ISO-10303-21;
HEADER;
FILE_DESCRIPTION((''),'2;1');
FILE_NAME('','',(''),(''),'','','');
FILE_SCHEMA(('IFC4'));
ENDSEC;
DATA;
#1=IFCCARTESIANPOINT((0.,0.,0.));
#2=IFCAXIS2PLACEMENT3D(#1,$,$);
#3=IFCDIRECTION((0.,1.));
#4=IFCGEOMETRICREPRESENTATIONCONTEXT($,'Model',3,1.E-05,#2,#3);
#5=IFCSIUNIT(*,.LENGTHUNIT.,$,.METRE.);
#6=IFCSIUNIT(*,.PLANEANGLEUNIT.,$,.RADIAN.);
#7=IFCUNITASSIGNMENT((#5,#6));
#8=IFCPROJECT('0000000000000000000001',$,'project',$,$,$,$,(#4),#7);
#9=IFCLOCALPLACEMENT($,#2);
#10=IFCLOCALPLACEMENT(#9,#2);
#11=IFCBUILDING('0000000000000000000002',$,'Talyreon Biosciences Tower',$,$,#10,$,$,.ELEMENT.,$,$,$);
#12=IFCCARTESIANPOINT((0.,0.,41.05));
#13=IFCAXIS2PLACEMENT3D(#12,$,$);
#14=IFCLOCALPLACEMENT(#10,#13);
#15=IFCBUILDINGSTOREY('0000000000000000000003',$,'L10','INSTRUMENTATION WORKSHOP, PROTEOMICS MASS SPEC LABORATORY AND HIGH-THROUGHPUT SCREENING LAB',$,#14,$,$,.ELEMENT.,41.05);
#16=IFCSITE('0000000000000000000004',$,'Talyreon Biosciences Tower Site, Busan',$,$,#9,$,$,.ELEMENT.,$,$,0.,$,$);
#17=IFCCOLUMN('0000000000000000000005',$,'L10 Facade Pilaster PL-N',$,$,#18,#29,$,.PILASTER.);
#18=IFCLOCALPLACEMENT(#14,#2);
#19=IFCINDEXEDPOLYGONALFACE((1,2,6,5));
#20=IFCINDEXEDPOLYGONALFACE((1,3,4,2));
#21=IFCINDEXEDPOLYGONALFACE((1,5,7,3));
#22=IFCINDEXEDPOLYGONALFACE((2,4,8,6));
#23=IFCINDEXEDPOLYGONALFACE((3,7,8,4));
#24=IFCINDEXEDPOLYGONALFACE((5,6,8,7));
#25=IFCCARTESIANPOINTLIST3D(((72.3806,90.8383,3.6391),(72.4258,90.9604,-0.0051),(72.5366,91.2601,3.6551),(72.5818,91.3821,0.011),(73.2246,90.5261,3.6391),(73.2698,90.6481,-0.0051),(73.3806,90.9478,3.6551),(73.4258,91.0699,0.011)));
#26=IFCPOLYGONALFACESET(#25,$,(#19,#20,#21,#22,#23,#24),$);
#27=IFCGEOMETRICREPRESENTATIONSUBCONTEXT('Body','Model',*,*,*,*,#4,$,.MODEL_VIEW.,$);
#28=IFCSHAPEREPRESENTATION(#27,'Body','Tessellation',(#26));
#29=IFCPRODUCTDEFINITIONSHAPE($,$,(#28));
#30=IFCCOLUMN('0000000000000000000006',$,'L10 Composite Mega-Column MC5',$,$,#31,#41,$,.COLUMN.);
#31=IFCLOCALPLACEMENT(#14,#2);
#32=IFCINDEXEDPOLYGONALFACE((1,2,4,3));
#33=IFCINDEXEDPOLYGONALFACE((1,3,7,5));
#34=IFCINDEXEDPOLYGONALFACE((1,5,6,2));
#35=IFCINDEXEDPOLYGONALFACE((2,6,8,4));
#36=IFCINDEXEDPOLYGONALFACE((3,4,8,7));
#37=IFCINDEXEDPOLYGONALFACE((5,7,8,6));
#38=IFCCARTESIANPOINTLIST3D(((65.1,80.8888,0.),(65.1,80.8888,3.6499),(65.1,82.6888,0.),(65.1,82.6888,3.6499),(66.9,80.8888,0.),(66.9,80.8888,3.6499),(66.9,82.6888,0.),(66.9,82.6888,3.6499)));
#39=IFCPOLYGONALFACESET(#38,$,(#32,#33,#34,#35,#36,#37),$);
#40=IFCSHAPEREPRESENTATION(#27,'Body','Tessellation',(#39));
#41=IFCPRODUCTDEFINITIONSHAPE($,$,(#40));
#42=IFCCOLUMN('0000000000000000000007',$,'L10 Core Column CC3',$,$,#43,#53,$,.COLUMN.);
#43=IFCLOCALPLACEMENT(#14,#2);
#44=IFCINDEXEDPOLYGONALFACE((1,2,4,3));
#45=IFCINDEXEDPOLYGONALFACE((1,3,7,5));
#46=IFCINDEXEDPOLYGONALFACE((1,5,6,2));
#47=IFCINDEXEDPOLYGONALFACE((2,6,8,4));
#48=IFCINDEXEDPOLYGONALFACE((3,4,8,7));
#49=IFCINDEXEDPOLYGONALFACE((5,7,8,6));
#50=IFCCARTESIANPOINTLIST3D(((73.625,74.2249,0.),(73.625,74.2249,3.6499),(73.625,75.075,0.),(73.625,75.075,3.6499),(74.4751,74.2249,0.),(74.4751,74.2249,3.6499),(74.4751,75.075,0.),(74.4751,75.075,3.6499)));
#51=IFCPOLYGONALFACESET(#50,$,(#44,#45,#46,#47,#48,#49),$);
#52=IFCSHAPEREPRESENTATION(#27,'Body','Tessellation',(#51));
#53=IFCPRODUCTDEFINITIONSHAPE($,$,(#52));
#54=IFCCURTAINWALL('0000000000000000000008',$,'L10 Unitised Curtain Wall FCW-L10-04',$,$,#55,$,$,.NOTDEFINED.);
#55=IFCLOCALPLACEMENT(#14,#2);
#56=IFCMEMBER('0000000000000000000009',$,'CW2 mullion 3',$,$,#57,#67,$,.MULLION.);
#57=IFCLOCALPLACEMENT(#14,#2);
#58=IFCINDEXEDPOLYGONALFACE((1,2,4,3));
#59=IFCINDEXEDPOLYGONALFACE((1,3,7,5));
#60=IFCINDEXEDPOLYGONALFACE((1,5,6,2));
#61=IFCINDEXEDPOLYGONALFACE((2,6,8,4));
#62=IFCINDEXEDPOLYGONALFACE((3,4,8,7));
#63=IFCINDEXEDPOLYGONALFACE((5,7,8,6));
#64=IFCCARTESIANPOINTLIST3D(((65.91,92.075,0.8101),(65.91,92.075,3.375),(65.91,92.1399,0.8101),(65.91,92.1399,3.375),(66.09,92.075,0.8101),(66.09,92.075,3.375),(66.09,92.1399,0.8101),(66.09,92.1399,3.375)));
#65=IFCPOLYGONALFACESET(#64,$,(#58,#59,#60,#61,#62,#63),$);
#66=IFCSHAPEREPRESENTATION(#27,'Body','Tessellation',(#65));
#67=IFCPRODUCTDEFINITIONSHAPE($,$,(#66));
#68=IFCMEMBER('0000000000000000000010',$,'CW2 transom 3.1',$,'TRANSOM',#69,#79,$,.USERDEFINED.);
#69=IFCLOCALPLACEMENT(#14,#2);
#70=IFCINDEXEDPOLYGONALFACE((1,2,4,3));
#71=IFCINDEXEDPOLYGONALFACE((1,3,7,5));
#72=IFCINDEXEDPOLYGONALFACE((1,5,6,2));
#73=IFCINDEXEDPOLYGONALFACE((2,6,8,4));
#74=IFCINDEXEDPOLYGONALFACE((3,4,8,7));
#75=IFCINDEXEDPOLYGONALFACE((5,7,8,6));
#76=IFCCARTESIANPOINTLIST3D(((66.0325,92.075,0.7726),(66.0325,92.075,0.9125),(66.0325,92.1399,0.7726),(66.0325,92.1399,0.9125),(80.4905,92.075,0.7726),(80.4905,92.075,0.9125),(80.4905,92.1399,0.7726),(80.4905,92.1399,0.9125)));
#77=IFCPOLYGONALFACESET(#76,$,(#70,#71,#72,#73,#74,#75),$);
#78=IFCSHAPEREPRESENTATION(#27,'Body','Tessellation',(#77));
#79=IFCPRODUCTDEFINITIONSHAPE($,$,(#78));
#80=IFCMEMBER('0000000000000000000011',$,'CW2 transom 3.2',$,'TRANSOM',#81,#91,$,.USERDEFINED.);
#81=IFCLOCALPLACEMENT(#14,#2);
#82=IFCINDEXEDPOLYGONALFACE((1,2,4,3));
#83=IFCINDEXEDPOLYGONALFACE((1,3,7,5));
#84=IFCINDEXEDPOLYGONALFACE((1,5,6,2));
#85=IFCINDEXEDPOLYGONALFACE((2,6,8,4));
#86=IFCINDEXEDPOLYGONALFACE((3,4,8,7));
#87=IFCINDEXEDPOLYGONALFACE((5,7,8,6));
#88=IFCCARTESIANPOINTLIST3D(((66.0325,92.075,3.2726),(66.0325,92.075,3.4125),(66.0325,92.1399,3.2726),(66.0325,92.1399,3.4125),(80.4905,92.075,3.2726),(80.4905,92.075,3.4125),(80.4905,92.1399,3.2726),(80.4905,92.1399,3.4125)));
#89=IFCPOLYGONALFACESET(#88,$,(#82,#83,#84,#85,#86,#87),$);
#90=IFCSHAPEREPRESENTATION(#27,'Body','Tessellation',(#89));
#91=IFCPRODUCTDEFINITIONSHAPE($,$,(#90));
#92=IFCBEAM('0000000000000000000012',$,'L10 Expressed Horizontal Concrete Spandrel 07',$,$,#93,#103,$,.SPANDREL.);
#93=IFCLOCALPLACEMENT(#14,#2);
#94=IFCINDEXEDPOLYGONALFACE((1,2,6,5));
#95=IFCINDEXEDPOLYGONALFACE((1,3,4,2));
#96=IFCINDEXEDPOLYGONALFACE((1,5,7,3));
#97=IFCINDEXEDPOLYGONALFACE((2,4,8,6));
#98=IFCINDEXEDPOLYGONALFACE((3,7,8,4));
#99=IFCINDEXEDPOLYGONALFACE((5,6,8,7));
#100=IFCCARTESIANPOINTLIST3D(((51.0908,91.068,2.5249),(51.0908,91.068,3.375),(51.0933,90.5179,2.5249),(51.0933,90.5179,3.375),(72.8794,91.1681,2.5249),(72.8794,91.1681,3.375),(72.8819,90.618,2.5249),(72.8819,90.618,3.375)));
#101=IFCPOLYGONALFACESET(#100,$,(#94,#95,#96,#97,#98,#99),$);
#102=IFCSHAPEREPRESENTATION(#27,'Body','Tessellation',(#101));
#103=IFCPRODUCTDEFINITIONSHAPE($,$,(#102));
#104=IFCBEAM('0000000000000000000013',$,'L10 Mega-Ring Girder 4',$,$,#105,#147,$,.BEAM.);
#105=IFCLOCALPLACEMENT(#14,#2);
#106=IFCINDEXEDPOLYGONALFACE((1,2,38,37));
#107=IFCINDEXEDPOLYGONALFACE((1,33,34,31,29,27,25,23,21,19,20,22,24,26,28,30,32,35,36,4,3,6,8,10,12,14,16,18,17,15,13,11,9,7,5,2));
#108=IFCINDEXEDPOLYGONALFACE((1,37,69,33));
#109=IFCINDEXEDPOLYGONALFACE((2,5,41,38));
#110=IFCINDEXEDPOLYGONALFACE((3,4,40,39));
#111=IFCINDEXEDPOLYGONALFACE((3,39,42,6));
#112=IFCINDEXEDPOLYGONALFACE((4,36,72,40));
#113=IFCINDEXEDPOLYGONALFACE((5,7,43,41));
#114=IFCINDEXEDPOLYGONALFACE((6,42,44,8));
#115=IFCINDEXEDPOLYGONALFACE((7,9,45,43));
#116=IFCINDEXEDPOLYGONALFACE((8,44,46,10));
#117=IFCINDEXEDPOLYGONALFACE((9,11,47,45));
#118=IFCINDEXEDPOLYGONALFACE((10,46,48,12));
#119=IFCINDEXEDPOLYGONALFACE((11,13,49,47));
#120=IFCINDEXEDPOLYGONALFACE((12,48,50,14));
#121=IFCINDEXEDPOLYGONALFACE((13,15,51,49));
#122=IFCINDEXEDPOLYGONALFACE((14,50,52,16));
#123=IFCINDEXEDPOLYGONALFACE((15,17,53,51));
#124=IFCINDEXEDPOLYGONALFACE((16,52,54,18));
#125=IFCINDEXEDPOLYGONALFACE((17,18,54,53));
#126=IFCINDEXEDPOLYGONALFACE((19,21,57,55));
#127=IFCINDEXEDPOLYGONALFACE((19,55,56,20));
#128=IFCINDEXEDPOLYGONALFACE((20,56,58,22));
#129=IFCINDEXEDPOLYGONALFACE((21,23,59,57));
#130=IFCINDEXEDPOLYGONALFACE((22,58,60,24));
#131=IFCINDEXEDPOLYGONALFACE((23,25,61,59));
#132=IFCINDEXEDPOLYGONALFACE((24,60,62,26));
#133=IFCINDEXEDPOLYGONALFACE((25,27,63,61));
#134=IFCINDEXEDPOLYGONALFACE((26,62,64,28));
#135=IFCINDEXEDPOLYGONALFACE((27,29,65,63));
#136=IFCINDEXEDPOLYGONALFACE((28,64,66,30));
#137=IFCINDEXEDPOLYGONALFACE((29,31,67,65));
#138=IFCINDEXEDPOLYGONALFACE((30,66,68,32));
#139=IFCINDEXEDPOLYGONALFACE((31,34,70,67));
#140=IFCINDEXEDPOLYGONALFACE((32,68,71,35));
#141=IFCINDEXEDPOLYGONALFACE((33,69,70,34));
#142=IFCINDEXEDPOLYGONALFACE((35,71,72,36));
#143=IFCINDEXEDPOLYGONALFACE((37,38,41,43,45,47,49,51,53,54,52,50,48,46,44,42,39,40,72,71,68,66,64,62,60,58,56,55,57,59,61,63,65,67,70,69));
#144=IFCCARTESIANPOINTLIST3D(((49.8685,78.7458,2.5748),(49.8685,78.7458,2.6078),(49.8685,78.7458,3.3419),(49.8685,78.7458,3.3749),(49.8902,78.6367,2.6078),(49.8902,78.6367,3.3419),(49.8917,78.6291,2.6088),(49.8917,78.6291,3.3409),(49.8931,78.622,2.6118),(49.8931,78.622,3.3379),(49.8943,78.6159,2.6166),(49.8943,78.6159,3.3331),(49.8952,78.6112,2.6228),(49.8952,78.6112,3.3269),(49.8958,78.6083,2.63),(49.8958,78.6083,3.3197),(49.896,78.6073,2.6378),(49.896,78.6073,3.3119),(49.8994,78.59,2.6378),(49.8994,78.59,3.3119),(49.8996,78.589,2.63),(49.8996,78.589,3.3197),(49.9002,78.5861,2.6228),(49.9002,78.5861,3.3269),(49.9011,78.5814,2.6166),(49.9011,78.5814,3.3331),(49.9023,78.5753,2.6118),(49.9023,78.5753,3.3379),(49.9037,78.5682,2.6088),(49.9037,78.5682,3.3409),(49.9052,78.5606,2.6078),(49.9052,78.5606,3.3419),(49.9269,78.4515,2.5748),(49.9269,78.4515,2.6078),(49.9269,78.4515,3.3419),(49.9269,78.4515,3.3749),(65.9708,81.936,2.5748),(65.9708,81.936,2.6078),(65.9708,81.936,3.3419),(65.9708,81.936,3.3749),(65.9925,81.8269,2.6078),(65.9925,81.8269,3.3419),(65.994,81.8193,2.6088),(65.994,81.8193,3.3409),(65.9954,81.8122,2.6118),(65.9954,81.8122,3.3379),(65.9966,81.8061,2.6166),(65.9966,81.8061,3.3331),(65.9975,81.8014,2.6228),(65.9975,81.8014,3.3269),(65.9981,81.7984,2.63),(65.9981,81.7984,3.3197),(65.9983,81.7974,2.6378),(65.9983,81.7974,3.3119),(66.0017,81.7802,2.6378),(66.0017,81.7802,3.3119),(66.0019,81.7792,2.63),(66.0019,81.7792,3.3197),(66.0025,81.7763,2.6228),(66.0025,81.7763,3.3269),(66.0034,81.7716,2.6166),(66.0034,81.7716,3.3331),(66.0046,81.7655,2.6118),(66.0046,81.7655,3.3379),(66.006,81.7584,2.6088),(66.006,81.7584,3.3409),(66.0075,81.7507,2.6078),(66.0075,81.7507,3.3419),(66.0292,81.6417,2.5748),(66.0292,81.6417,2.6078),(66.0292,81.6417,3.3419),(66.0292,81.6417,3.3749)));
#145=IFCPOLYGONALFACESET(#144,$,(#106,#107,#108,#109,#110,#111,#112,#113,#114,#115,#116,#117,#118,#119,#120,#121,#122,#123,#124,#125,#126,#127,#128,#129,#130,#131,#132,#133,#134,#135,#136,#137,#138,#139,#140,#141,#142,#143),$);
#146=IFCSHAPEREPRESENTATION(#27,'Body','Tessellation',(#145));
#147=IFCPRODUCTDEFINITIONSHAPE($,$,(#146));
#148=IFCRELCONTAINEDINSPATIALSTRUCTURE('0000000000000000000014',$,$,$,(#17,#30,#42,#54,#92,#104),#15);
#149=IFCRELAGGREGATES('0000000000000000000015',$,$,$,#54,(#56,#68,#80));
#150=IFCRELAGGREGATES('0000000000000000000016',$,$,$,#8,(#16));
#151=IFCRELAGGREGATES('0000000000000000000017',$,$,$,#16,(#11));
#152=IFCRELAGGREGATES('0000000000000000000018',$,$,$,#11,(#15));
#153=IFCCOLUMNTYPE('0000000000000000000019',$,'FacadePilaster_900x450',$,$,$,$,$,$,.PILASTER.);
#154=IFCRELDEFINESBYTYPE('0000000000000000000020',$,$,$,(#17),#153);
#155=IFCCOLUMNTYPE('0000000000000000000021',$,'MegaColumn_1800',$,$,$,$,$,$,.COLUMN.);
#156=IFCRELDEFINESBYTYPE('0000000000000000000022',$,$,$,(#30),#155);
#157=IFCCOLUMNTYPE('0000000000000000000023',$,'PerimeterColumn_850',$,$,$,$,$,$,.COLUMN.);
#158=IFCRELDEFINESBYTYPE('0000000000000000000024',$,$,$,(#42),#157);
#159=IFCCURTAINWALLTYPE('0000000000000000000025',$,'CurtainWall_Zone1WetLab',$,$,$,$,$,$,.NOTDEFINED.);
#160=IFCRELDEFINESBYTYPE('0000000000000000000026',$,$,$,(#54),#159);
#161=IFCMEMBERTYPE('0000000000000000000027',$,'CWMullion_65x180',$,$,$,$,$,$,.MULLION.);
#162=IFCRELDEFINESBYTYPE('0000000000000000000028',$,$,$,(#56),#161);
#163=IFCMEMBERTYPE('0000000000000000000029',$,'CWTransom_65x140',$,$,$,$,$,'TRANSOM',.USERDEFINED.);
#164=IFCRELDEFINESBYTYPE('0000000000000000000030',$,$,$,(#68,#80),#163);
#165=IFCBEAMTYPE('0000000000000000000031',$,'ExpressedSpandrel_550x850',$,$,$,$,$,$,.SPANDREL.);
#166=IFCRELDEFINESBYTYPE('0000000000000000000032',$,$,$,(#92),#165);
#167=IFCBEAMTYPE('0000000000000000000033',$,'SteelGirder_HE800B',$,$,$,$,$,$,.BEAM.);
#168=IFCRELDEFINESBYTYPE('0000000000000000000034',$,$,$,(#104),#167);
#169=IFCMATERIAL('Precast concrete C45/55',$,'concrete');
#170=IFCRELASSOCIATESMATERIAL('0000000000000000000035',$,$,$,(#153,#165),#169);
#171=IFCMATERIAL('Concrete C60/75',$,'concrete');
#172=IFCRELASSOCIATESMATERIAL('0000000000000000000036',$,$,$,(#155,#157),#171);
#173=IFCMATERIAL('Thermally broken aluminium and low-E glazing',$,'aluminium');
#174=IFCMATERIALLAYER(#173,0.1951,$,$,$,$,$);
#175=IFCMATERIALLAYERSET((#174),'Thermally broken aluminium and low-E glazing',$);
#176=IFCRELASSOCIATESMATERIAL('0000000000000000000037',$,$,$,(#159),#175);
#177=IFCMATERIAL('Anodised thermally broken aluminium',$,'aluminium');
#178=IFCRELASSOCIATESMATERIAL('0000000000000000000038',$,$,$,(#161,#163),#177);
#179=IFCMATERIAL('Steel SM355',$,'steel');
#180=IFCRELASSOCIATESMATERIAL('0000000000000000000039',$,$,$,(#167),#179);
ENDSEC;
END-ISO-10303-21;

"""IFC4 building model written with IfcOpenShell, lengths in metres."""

from ifc_helpers import new_model, si_unit, direction, frame, origin, origin_2d, place, context, subcontext, project, spatial, rectangle, i_section, extrude, material, layer, layer_set, material_profile, profile_set, type_object, element, aggregate, save


model = new_model("IFC4")

# Units and contexts
model_context = context("Model", 3, precision=1e-05, world=origin(), true_north=direction((0.0, 1.0)))
body_context = subcontext(model_context, "Body", "Model", "MODEL_VIEW")
ifc_project = project(units=[si_unit("LENGTHUNIT", "METRE"), si_unit("PLANEANGLEUNIT", "RADIAN")], contexts=[model_context])

# Site, building, storey
site_placement = place(None, origin())
site = spatial("IfcSite", under=ifc_project, at=site_placement, Name="Talyreon Biosciences Tower Site, Busan", CompositionType="ELEMENT", RefElevation=0.0)
building_placement = place(site_placement, origin())
building = spatial("IfcBuilding", under=site, at=building_placement, Name="Talyreon Biosciences Tower", CompositionType="ELEMENT")
storey_placement = place(building_placement, frame((0.0, 0.0, 41.05)))
storey = spatial("IfcBuildingStorey", under=building, at=storey_placement, Name="L10", Description="INSTRUMENTATION WORKSHOP, PROTEOMICS MASS SPEC LABORATORY AND HIGH-THROUGHPUT SCREENING LAB", CompositionType="ELEMENT", Elevation=41.05)

# Columns
ifc_material_1 = material(Name="Precast concrete C45/55", Category="concrete")
ifc_material_profile_1 = material_profile(ifc_material_1, rectangle(XDim=0.8999, YDim=0.45, at=origin_2d()), Name="RC 900x450")
ifc_profile_set_1 = profile_set([ifc_material_profile_1], Name="Precast concrete C45/55")
column_type_1 = type_object("IfcColumnType", Name="FacadePilaster_900x450", PredefinedType="PILASTER", material=ifc_profile_set_1)
column_1_placement = place(storey_placement, frame((72.9258, 91.0151, 0.0029), z_axis=(-0.012387, -0.033477, 0.999363), x_axis=(-0.937862, 0.347009, 0.0)))
element("IfcColumn", 1, at=column_1_placement, inside=storey, type_object=column_type_1, Name="L10 Facade Pilaster PL-N", PredefinedType="PILASTER", context=body_context, shape_type="SweptSolid", body=[
    extrude(rectangle(XDim=0.8999, YDim=0.45, at=origin_2d()), origin(), (0.0, 0.0, 1.0), 3.6465),
])
ifc_material_2 = material(Name="Concrete C60/75", Category="concrete")
ifc_material_profile_2 = material_profile(ifc_material_2, rectangle(XDim=1.8, YDim=1.8, at=origin_2d()), Name="RC 1800x1800")
ifc_profile_set_2 = profile_set([ifc_material_profile_2], Name="Concrete C60/75")
column_type_2 = type_object("IfcColumnType", Name="MegaColumn_1800", PredefinedType="COLUMN", material=ifc_profile_set_2)
column_2_placement = place(storey_placement, frame((66.0, 81.7888, 0.0), z_axis=(0.0, 0.0, 1.0), x_axis=(1.0, 0.0, 0.0)))
element("IfcColumn", 2, at=column_2_placement, inside=storey, type_object=column_type_2, Name="L10 Composite Mega-Column MC5", PredefinedType="COLUMN", context=body_context, shape_type="SweptSolid", body=[
    extrude(rectangle(XDim=1.8, YDim=1.8, at=origin_2d()), origin(), (0.0, 0.0, 1.0), 3.6499),
])
ifc_material_profile_3 = material_profile(ifc_material_2, rectangle(XDim=0.8501, YDim=0.8501, at=origin_2d()), Name="RC 850x850")
ifc_profile_set_3 = profile_set([ifc_material_profile_3], Name="Concrete C60/75")
column_type_3 = type_object("IfcColumnType", Name="PerimeterColumn_850", PredefinedType="COLUMN", material=ifc_profile_set_3)
column_3_placement = place(storey_placement, frame((74.05, 74.6499, 0.0), z_axis=(0.0, 0.0, 1.0), x_axis=(1.0, 0.0, 0.0)))
element("IfcColumn", 3, at=column_3_placement, inside=storey, type_object=column_type_3, Name="L10 Core Column CC3", PredefinedType="COLUMN", context=body_context, shape_type="SweptSolid", body=[
    extrude(rectangle(XDim=0.8501, YDim=0.8501, at=origin_2d()), origin(), (0.0, 0.0, 1.0), 3.6499),
])

# Curtain wall, members
ifc_material_3 = material(Name="Thermally broken aluminium and low-E glazing", Category="aluminium")
ifc_layer_1 = layer(ifc_material_3, 0.1951)
ifc_layer_set_1 = layer_set([ifc_layer_1], Name="Thermally broken aluminium and low-E glazing")
curtain_wall_type = type_object("IfcCurtainWallType", Name="CurtainWall_Zone1WetLab", PredefinedType="NOTDEFINED", material=ifc_layer_set_1)
curtain_wall_placement = place(storey_placement, origin())
curtain_wall = element("IfcCurtainWall", 4, at=curtain_wall_placement, inside=storey, type_object=curtain_wall_type, Name="L10 Unitised Curtain Wall FCW-L10-04", PredefinedType="NOTDEFINED")
ifc_material_4 = material(Name="Anodised thermally broken aluminium", Category="aluminium")
ifc_material_profile_4 = material_profile(ifc_material_4, rectangle(XDim=0.0649, YDim=0.1799, at=origin_2d()), Name="ALUM MULLION 65x180")
ifc_profile_set_4 = profile_set([ifc_material_profile_4], Name="Anodised thermally broken aluminium")
member_type_1 = type_object("IfcMemberType", Name="CWMullion_65x180", PredefinedType="MULLION", material=ifc_profile_set_4)
member_1_placement = place(storey_placement, frame((66.0, 92.1074, 0.8101), z_axis=(0.0, 0.0, 1.0), x_axis=(0.0, 1.0, 0.0)))
member_1 = element("IfcMember", 5, at=member_1_placement, type_object=member_type_1, Name="CW2 mullion 3", PredefinedType="MULLION", context=body_context, shape_type="SweptSolid", body=[
    extrude(rectangle(XDim=0.0649, YDim=0.1799, at=origin_2d()), origin(), (0.0, 0.0, 1.0), 2.5649),
])
ifc_material_profile_5 = material_profile(ifc_material_4, rectangle(XDim=0.0649, YDim=0.1399, at=origin_2d()), Name="ALUM TRANSOM 65x140")
ifc_profile_set_5 = profile_set([ifc_material_profile_5], Name="Anodised thermally broken aluminium")
member_type_2 = type_object("IfcMemberType", Name="CWTransom_65x140", ElementType="TRANSOM", PredefinedType="USERDEFINED", material=ifc_profile_set_5)
member_2_placement = place(storey_placement, frame((66.0325, 92.1074, 0.8425), z_axis=(1.0, 0.0, 0.0), x_axis=(0.0, 1.0, 0.0)))
member_2 = element("IfcMember", 6, at=member_2_placement, type_object=member_type_2, Name="CW2 transom 3.1", ObjectType="TRANSOM", PredefinedType="USERDEFINED", context=body_context, shape_type="SweptSolid", body=[
    extrude(rectangle(XDim=0.0649, YDim=0.1399, at=origin_2d()), origin(), (0.0, 0.0, 1.0), 14.458),
])
member_3_placement = place(storey_placement, frame((66.0325, 92.1074, 3.3425), z_axis=(1.0, 0.0, 0.0), x_axis=(0.0, 1.0, 0.0)))
member_3 = element("IfcMember", 7, at=member_3_placement, type_object=member_type_2, Name="CW2 transom 3.2", ObjectType="TRANSOM", PredefinedType="USERDEFINED", context=body_context, shape_type="SweptSolid", body=[
    extrude(rectangle(XDim=0.0649, YDim=0.1399, at=origin_2d()), origin(), (0.0, 0.0, 1.0), 14.458),
])

# Beams
ifc_material_profile_6 = material_profile(ifc_material_1, rectangle(XDim=0.55, YDim=0.8501, at=origin_2d()), Name="RCB 550x850")
ifc_profile_set_6 = profile_set([ifc_material_profile_6], Name="Precast concrete C45/55")
beam_type_1 = type_object("IfcBeamType", Name="ExpressedSpandrel_550x850", PredefinedType="SPANDREL", material=ifc_profile_set_6)
beam_1_placement = place(storey_placement, frame((72.8806, 90.8931, 2.95), z_axis=(-0.999989, -0.004594, 0.0), x_axis=(0.004594, -0.999989, 0.0)))
element("IfcBeam", 8, at=beam_1_placement, inside=storey, type_object=beam_type_1, Name="L10 Expressed Horizontal Concrete Spandrel 07", PredefinedType="SPANDREL", context=body_context, shape_type="SweptSolid", body=[
    extrude(rectangle(XDim=0.55, YDim=0.8501, at=origin_2d()), origin(), (0.0, 0.0, 1.0), 21.7888),
])
ifc_material_5 = material(Name="Steel SM355", Category="steel")
ifc_material_profile_7 = material_profile(ifc_material_5, i_section(OverallWidth=0.3, OverallDepth=0.8, WebThickness=0.0176, FlangeThickness=0.033, FilletRadius=0.03, at=origin_2d()), Name="HE800B")
ifc_profile_set_7 = profile_set([ifc_material_profile_7], Name="Steel SM355")
beam_type_2 = type_object("IfcBeamType", Name="SteelGirder_HE800B", PredefinedType="BEAM", material=ifc_profile_set_7)
beam_2_placement = place(storey_placement, frame((66.0, 81.7888, 2.9749), z_axis=(-0.980934, -0.194343, 0.0), x_axis=(0.194343, -0.980934, 0.0)))
element("IfcBeam", 9, at=beam_2_placement, inside=storey, type_object=beam_type_2, Name="L10 Mega-Ring Girder 4", PredefinedType="BEAM", context=body_context, shape_type="SweptSolid", body=[
    extrude(i_section(OverallWidth=0.3, OverallDepth=0.8, WebThickness=0.0176, FlangeThickness=0.033, FilletRadius=0.03, at=origin_2d()), origin(), (0.0, 0.0, 1.0), 16.4153),
])

aggregate(curtain_wall, [member_1, member_2, member_3])

save(model, "model.ifc")
